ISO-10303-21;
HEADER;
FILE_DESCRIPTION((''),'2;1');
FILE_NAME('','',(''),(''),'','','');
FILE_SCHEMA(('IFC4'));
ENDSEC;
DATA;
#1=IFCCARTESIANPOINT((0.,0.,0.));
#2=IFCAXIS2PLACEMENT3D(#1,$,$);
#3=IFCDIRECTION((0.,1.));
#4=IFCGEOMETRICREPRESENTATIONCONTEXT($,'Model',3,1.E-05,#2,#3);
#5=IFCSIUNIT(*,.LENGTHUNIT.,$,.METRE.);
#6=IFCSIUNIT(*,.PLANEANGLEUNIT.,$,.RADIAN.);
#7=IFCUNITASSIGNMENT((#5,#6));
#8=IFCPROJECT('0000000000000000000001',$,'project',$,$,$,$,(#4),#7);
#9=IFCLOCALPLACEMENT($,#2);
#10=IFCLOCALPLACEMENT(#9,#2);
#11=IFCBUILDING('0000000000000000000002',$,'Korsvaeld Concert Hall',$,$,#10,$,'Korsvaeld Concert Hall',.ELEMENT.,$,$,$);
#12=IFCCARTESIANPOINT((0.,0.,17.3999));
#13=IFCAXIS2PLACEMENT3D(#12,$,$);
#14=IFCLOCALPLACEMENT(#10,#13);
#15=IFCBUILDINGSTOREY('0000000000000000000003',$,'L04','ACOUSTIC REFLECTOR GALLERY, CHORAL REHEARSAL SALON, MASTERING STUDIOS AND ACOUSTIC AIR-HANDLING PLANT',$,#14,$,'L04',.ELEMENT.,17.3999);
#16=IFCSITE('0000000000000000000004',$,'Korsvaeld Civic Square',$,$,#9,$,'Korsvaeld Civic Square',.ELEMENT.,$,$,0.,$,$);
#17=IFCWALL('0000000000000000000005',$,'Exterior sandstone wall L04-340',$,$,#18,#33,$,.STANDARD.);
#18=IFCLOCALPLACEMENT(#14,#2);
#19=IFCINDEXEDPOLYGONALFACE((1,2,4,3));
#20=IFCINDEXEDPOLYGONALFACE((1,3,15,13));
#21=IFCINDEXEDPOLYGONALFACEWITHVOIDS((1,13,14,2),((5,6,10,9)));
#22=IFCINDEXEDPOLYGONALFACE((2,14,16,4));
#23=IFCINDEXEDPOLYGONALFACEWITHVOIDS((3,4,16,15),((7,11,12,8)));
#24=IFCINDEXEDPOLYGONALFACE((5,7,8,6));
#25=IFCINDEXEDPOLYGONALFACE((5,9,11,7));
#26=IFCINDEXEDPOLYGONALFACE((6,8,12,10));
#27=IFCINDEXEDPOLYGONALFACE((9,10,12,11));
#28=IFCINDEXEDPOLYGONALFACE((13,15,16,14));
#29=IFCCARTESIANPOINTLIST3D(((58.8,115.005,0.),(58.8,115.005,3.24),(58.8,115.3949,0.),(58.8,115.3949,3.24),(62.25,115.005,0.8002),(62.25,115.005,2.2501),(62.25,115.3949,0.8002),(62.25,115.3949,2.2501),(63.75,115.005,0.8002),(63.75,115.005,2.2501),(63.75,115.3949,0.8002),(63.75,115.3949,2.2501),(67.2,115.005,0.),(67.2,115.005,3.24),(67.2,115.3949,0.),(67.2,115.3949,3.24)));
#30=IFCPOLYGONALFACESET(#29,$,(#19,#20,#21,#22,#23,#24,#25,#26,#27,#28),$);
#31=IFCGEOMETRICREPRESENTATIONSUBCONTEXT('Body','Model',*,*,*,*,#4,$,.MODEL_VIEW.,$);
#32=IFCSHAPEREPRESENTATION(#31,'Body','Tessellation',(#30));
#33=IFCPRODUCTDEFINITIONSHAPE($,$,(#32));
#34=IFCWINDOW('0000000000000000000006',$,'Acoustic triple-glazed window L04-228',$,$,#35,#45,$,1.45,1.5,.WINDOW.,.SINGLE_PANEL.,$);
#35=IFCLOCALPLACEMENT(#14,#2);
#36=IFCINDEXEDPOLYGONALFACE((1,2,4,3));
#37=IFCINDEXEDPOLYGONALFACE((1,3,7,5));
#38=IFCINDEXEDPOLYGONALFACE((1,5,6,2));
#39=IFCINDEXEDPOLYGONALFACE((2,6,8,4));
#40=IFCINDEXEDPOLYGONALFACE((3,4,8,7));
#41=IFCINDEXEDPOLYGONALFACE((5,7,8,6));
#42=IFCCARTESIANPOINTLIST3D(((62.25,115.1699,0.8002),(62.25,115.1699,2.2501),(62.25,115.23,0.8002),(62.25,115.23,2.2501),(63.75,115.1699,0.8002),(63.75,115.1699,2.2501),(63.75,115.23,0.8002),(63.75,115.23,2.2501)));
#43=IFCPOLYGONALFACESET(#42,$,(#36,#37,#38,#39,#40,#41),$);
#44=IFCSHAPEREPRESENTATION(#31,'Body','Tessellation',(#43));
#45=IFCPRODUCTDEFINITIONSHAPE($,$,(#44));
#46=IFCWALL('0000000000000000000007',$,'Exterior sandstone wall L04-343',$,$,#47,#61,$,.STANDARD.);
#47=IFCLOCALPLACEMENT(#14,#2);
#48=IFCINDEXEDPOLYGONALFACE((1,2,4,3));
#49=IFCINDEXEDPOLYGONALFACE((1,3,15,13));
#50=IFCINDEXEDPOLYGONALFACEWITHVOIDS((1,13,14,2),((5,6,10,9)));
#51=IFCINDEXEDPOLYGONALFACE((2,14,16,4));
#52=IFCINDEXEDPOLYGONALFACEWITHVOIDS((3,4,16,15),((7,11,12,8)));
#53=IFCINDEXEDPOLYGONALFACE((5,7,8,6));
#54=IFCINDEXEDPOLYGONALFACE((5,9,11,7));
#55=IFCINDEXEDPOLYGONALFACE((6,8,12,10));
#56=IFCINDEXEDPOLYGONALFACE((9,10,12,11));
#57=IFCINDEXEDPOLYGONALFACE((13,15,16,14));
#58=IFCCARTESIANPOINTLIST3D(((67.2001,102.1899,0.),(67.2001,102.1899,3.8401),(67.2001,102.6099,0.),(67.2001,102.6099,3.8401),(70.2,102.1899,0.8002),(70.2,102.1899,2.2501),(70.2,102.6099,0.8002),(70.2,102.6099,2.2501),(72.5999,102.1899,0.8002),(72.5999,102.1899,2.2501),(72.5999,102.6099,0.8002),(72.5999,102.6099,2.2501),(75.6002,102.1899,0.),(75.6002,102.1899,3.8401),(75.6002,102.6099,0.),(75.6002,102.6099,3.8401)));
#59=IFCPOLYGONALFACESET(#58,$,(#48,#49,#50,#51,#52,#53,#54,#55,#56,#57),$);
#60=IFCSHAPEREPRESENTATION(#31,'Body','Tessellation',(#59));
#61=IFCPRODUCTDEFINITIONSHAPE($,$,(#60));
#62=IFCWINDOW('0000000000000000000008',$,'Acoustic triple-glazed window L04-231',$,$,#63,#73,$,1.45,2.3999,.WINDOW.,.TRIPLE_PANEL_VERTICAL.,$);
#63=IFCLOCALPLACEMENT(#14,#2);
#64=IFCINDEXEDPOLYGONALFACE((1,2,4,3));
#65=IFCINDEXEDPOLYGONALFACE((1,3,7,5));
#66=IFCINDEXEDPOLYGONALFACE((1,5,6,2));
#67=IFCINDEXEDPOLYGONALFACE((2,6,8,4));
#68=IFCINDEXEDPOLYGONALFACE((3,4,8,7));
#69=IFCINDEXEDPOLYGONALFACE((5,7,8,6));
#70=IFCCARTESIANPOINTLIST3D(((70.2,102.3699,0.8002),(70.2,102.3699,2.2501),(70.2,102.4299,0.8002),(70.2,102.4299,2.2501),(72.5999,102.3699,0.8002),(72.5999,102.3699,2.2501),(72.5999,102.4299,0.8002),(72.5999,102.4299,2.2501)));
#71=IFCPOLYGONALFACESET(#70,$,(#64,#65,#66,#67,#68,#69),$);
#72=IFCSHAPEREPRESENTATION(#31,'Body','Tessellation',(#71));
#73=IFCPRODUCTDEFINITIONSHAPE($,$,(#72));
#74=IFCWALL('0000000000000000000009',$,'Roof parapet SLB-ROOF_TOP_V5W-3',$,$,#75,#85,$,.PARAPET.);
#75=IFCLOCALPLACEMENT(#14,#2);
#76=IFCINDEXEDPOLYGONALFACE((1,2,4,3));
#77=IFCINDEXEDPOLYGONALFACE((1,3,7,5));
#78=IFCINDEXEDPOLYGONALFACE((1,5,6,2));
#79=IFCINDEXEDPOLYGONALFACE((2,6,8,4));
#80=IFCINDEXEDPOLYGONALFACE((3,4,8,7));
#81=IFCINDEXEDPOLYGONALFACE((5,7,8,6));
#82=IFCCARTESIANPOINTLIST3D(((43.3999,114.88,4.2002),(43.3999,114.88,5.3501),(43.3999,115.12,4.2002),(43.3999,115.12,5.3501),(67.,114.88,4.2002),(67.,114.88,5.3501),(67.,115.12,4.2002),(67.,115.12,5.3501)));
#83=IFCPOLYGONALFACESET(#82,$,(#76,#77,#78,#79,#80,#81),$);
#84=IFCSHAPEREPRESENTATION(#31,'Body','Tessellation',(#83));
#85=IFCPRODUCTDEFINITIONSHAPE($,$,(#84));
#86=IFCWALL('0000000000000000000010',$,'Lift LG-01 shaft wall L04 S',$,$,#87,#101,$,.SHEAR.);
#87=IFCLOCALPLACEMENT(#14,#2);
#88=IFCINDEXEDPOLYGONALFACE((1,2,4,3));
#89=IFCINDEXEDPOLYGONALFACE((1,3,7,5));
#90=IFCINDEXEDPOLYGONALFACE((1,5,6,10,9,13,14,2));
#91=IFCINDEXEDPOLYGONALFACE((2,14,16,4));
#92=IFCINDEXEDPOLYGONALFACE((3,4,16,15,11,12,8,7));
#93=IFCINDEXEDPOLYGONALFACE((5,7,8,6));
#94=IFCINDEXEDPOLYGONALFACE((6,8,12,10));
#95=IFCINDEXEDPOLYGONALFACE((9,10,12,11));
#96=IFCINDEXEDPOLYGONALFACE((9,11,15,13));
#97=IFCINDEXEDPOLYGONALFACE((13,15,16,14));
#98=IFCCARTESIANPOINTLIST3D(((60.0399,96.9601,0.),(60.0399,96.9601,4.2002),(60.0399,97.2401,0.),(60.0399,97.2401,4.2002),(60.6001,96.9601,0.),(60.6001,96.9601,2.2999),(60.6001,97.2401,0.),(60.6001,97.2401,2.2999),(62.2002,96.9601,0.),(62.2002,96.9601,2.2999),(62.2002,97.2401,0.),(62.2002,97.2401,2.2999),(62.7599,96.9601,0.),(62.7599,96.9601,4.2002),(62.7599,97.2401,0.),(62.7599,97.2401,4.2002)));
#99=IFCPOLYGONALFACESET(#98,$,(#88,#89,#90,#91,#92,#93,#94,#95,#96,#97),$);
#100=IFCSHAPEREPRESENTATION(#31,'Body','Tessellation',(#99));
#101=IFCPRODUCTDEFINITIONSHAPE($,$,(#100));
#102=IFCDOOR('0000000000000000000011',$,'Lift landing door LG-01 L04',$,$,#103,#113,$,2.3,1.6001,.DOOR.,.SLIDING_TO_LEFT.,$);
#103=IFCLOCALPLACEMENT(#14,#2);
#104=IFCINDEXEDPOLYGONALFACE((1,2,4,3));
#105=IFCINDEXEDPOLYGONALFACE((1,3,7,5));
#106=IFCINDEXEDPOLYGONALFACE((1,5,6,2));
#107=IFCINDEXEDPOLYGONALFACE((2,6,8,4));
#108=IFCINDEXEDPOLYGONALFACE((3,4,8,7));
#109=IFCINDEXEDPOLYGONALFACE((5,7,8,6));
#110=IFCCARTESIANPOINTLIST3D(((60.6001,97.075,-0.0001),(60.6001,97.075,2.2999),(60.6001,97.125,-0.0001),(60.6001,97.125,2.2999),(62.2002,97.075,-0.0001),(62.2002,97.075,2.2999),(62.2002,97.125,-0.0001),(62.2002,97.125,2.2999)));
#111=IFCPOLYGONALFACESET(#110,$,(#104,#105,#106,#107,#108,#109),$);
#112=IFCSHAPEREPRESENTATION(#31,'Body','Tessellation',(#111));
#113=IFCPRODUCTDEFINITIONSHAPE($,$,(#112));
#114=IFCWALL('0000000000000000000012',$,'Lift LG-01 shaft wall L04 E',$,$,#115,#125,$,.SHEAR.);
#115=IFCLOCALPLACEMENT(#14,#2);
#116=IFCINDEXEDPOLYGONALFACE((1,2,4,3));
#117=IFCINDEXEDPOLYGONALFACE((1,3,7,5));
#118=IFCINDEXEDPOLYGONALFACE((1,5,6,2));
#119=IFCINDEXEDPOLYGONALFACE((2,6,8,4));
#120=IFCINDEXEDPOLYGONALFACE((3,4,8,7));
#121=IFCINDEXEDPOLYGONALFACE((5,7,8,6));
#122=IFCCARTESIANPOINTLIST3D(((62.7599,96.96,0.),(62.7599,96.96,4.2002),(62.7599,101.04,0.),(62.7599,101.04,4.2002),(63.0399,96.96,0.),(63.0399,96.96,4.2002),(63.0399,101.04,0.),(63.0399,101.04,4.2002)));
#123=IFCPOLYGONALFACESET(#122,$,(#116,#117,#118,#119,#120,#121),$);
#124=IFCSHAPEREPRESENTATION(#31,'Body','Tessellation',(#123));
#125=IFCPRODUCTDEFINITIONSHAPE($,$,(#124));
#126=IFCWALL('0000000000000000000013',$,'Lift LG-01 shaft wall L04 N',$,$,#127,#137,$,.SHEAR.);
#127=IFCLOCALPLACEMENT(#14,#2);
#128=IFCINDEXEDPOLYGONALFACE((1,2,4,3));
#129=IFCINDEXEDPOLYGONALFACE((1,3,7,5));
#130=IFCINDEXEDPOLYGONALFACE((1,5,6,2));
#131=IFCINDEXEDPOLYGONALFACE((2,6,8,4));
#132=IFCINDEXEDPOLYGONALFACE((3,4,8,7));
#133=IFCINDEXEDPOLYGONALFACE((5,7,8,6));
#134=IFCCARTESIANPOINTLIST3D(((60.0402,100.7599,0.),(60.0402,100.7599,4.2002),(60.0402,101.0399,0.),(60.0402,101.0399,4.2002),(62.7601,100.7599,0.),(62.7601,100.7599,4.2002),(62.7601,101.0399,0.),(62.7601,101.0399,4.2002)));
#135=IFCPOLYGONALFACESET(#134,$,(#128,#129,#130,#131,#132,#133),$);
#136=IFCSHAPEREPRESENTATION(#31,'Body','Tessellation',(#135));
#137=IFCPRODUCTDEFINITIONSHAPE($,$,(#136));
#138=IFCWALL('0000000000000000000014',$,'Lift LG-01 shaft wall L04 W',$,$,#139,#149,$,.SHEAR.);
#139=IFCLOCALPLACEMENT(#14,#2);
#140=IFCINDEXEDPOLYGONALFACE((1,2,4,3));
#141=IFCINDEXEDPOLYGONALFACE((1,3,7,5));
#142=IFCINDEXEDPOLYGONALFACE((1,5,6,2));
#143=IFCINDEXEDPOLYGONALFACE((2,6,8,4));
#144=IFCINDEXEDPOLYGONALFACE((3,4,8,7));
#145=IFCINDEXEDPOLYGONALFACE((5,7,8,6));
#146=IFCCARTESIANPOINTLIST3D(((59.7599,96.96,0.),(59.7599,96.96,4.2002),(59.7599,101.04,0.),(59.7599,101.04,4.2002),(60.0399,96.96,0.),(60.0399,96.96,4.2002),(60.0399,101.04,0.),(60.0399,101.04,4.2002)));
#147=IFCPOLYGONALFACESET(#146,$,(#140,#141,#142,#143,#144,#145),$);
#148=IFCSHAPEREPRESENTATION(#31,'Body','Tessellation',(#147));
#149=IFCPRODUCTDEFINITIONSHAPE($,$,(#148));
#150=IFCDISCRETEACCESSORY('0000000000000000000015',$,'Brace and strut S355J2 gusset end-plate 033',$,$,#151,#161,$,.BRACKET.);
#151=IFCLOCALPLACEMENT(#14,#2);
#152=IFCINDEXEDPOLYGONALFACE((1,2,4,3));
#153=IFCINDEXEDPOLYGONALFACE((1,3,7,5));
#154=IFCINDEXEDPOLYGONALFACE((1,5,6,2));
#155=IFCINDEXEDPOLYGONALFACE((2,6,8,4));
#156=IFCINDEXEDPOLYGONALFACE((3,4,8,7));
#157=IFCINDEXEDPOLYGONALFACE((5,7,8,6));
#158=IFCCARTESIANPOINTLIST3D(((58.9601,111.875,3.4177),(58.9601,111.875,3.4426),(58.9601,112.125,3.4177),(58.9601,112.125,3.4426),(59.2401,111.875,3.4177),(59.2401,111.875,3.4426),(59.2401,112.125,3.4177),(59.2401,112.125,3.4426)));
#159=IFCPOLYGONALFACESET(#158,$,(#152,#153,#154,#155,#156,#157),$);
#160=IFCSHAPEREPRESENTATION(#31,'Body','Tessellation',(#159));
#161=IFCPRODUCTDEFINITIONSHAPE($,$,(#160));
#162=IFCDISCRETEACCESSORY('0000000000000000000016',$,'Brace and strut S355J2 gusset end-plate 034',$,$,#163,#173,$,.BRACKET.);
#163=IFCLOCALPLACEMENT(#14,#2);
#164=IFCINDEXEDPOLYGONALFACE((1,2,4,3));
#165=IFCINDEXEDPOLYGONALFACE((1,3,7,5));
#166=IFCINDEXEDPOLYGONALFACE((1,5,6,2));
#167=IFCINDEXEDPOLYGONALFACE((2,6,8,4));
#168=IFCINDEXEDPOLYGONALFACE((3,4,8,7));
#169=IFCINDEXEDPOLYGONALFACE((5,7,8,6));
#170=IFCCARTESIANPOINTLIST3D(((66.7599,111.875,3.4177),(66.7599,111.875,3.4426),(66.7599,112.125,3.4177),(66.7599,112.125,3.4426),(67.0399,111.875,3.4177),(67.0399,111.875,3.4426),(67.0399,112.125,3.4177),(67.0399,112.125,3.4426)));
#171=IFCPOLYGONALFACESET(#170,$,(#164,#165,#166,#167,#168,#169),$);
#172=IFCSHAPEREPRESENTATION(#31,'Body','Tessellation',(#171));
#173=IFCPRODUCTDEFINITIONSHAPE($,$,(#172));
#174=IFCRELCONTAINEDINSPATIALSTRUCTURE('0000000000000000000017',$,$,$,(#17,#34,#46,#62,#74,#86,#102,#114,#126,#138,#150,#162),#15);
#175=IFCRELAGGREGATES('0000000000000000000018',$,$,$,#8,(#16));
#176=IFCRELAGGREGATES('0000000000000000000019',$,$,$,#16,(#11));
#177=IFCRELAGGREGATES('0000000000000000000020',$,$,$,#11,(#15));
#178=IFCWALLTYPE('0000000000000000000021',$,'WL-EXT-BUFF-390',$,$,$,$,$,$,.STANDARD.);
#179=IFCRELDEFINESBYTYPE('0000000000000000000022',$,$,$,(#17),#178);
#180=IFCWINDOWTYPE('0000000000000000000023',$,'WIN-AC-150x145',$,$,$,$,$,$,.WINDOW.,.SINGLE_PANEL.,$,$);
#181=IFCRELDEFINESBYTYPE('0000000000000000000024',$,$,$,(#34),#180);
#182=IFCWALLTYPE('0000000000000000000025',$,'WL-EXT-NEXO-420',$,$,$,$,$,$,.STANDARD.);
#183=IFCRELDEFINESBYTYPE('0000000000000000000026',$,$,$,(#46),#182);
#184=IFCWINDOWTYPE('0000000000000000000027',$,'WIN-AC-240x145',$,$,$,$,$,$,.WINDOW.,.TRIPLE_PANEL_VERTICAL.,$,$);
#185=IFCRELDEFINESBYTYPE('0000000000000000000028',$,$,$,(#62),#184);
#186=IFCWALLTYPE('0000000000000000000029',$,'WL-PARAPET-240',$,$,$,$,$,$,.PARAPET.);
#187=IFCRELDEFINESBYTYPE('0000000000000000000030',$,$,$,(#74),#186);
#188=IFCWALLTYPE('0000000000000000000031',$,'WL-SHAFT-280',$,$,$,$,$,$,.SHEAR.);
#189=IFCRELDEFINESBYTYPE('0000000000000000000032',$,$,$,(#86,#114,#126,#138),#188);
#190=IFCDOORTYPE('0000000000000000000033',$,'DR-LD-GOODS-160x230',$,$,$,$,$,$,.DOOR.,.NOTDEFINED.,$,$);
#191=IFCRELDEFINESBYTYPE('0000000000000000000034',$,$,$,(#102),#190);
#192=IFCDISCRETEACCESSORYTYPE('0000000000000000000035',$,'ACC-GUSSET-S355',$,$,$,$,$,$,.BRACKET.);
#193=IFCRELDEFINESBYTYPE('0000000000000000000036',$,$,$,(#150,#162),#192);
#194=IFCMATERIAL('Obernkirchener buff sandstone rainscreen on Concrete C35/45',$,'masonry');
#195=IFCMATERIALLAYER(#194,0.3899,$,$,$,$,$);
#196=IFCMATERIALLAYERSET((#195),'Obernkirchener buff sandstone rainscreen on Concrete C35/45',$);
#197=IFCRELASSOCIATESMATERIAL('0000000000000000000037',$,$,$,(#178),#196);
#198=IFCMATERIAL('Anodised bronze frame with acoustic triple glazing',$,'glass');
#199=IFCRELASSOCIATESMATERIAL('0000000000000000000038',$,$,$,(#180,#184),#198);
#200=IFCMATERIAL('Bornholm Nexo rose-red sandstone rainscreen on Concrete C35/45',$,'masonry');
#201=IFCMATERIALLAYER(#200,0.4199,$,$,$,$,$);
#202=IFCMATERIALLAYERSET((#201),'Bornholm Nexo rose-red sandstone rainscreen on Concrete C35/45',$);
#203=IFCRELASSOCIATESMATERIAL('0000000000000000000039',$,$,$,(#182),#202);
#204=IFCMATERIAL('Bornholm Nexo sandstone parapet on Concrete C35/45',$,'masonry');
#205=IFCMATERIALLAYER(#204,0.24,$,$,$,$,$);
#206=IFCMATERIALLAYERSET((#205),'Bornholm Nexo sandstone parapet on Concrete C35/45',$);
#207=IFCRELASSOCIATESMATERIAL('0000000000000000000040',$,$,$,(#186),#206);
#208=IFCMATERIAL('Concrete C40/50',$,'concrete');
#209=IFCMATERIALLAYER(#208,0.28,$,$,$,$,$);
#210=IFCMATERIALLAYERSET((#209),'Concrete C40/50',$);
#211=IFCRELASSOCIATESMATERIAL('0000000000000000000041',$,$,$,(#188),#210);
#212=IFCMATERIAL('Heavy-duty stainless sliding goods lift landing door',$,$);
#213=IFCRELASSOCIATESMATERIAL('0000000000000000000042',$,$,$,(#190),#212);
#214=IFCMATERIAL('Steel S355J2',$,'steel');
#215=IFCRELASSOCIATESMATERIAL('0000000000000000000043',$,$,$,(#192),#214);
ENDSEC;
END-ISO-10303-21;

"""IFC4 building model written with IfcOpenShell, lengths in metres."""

from ifc_helpers import new_model, si_unit, direction, frame, frame_2d, origin, origin_2d, place, context, subcontext, project, spatial, rectangle, extrude, material, layer, layer_set, type_object, element, fill, save


model = new_model("IFC4")

# Units and contexts
model_context = context("Model", 3, precision=1e-05, world=origin(), true_north=direction((0.0, 1.0)))
body_context = subcontext(model_context, "Body", "Model", "MODEL_VIEW")
ifc_project = project(units=[si_unit("LENGTHUNIT", "METRE"), si_unit("PLANEANGLEUNIT", "RADIAN")], contexts=[model_context])

# Site, building, storey
site_placement = place(None, origin())
site = spatial("IfcSite", under=ifc_project, at=site_placement, Name="Korsvaeld Civic Square", LongName="Korsvaeld Civic Square", CompositionType="ELEMENT", RefElevation=0.0)
building_placement = place(site_placement, origin())
building = spatial("IfcBuilding", under=site, at=building_placement, Name="Korsvaeld Concert Hall", LongName="Korsvaeld Concert Hall", CompositionType="ELEMENT")
storey_placement = place(building_placement, frame((0.0, 0.0, 17.3999)))
storey = spatial("IfcBuildingStorey", under=building, at=storey_placement, Name="L04", Description="ACOUSTIC REFLECTOR GALLERY, CHORAL REHEARSAL SALON, MASTERING STUDIOS AND ACOUSTIC AIR-HANDLING PLANT", LongName="L04", CompositionType="ELEMENT", Elevation=17.3999)

# Shared definitions
ifc_material_1 = material(Name="Concrete C40/50", Category="concrete")

# Shared definitions
ifc_material_2 = material(Name="Steel S355J2", Category="steel")

# Walls, openings, windows
ifc_material_3 = material(Name="Obernkirchener buff sandstone rainscreen on Concrete C35/45", Category="masonry")
ifc_layer_1 = layer(ifc_material_3, 0.3899)
ifc_layer_set_1 = layer_set([ifc_layer_1], Name="Obernkirchener buff sandstone rainscreen on Concrete C35/45")
wall_type_1 = type_object("IfcWallType", Name="WL-EXT-BUFF-390", PredefinedType="STANDARD", material=ifc_layer_set_1)
wall_1_placement = place(storey_placement, frame((58.8, 115.2, 0.0), z_axis=(0.0, 0.0, 1.0), x_axis=(1.0, 0.0, 0.0)))
wall_1 = element("IfcWall", 1, at=wall_1_placement, inside=storey, type_object=wall_type_1, Name="Exterior sandstone wall L04-340", PredefinedType="STANDARD", context=body_context, shape_type="SweptSolid", body=[
    extrude(rectangle(XDim=8.3999, YDim=0.3899, at=frame_2d((4.2, 0.0))), origin(), (0.0, 0.0, 1.0), 3.24),
])
opening_1_placement = place(wall_1_placement, frame((3.45, 0.0, 0.8)))
opening_1 = element("IfcOpeningElement", 2, at=opening_1_placement, cuts=wall_1, PredefinedType="OPENING", context=body_context, shape_type="SweptSolid", body=[
    extrude(rectangle(XDim=1.5, YDim=1.45, at=frame_2d((0.75, 0.7251))), frame((0.0, 0.2051, 0.0), z_axis=(0.0, -1.0, 0.0), x_axis=(1.0, 0.0, 0.0)), (0.0, 0.0, 1.0), 0.4099),
])
ifc_material_4 = material(Name="Anodised bronze frame with acoustic triple glazing", Category="glass")
window_type_1 = type_object("IfcWindowType", Name="WIN-AC-150x145", PartitioningType="SINGLE_PANEL", PredefinedType="WINDOW", material=ifc_material_4)
window_1_placement = place(opening_1_placement, origin())
window_1 = element("IfcWindow", 3, at=window_1_placement, inside=storey, type_object=window_type_1, Name="Acoustic triple-glazed window L04-228", OverallHeight=1.45, OverallWidth=1.5, PartitioningType="SINGLE_PANEL", PredefinedType="WINDOW", context=body_context, shape_type="SweptSolid", body=[
    extrude(rectangle(XDim=1.5, YDim=1.45, at=frame_2d((0.75, 0.7251))), frame((0.0, 0.03, 0.0), z_axis=(0.0, -1.0, 0.0), x_axis=(1.0, 0.0, 0.0)), (0.0, 0.0, 1.0), 0.0601),
])
fill(opening_1, window_1)
ifc_material_5 = material(Name="Bornholm Nexo rose-red sandstone rainscreen on Concrete C35/45", Category="masonry")
ifc_layer_2 = layer(ifc_material_5, 0.4199)
ifc_layer_set_2 = layer_set([ifc_layer_2], Name="Bornholm Nexo rose-red sandstone rainscreen on Concrete C35/45")
wall_type_2 = type_object("IfcWallType", Name="WL-EXT-NEXO-420", PredefinedType="STANDARD", material=ifc_layer_set_2)
wall_2_placement = place(storey_placement, frame((67.2, 102.3999, 0.0), z_axis=(0.0, 0.0, 1.0), x_axis=(1.0, 0.0, 0.0)))
wall_2 = element("IfcWall", 4, at=wall_2_placement, inside=storey, type_object=wall_type_2, Name="Exterior sandstone wall L04-343", PredefinedType="STANDARD", context=body_context, shape_type="SweptSolid", body=[
    extrude(rectangle(XDim=8.4001, YDim=0.4199, at=frame_2d((4.2002, 0.0))), origin(), (0.0, 0.0, 1.0), 3.8401),
])
opening_2_placement = place(wall_2_placement, frame((3.0, 0.0, 0.8)))
opening_2 = element("IfcOpeningElement", 5, at=opening_2_placement, cuts=wall_2, PredefinedType="OPENING", context=body_context, shape_type="SweptSolid", body=[
    extrude(rectangle(XDim=2.3999, YDim=1.45, at=frame_2d((1.2, 0.7251))), frame((0.0, 0.22, 0.0), z_axis=(0.0, -1.0, 0.0), x_axis=(1.0, 0.0, 0.0)), (0.0, 0.0, 1.0), 0.4399),
])
window_type_2 = type_object("IfcWindowType", Name="WIN-AC-240x145", PartitioningType="TRIPLE_PANEL_VERTICAL", PredefinedType="WINDOW", material=ifc_material_4)
window_2_placement = place(opening_2_placement, origin())
window_2 = element("IfcWindow", 6, at=window_2_placement, inside=storey, type_object=window_type_2, Name="Acoustic triple-glazed window L04-231", OverallHeight=1.45, OverallWidth=2.3999, PartitioningType="TRIPLE_PANEL_VERTICAL", PredefinedType="WINDOW", context=body_context, shape_type="SweptSolid", body=[
    extrude(rectangle(XDim=2.3999, YDim=1.45, at=frame_2d((1.2, 0.7251))), frame((0.0, 0.03, 0.0), z_axis=(0.0, -1.0, 0.0), x_axis=(1.0, 0.0, 0.0)), (0.0, 0.0, 1.0), 0.0601),
])
fill(opening_2, window_2)

# Wall
ifc_material_6 = material(Name="Bornholm Nexo sandstone parapet on Concrete C35/45", Category="masonry")
ifc_layer_3 = layer(ifc_material_6, 0.24)
ifc_layer_set_3 = layer_set([ifc_layer_3], Name="Bornholm Nexo sandstone parapet on Concrete C35/45")
wall_type_3 = type_object("IfcWallType", Name="WL-PARAPET-240", PredefinedType="PARAPET", material=ifc_layer_set_3)
wall_3_placement = place(storey_placement, frame((67.0, 115.0, 4.2002), z_axis=(0.0, 0.0, 1.0), x_axis=(-1.0, 0.0, 0.0)))
element("IfcWall", 7, at=wall_3_placement, inside=storey, type_object=wall_type_3, Name="Roof parapet SLB-ROOF_TOP_V5W-3", PredefinedType="PARAPET", context=body_context, shape_type="SweptSolid", body=[
    extrude(rectangle(XDim=23.6001, YDim=0.24, at=frame_2d((11.8, 0.0))), origin(), (0.0, 0.0, 1.0), 1.1499),
])

# Wall, opening, door
ifc_layer_4 = layer(ifc_material_1, 0.28)
ifc_layer_set_4 = layer_set([ifc_layer_4], Name="Concrete C40/50")
wall_type_4 = type_object("IfcWallType", Name="WL-SHAFT-280", PredefinedType="SHEAR", material=ifc_layer_set_4)
wall_4_placement = place(storey_placement, frame((60.04, 97.1001, 0.0), z_axis=(0.0, 0.0, 1.0), x_axis=(1.0, 0.0, 0.0)))
wall_4 = element("IfcWall", 8, at=wall_4_placement, inside=storey, type_object=wall_type_4, Name="Lift LG-01 shaft wall L04 S", PredefinedType="SHEAR", context=body_context, shape_type="SweptSolid", body=[
    extrude(rectangle(XDim=2.72, YDim=0.28, at=frame_2d((1.3599, 0.0))), origin(), (0.0, 0.0, 1.0), 4.2002),
])
opening_3_placement = place(wall_4_placement, frame((0.5601, 0.0, 0.0)))
opening_3 = element("IfcOpeningElement", 9, at=opening_3_placement, cuts=wall_4, PredefinedType="OPENING", context=body_context, shape_type="SweptSolid", body=[
    extrude(rectangle(XDim=1.6001, YDim=2.3, at=frame_2d((0.8, 1.1499))), frame((0.0, 0.1499, 0.0), z_axis=(0.0, -1.0, 0.0), x_axis=(1.0, 0.0, 0.0)), (0.0, 0.0, 1.0), 0.3),
])
ifc_material_7 = material(Name="Heavy-duty stainless sliding goods lift landing door")
door_type_1 = type_object("IfcDoorType", Name="DR-LD-GOODS-160x230", OperationType="NOTDEFINED", PredefinedType="DOOR", material=ifc_material_7)
door_1_placement = place(opening_3_placement, origin())
door_1 = element("IfcDoor", 10, at=door_1_placement, inside=storey, type_object=door_type_1, Name="Lift landing door LG-01 L04", OperationType="SLIDING_TO_LEFT", OverallHeight=2.3, OverallWidth=1.6001, PredefinedType="DOOR", context=body_context, shape_type="SweptSolid", body=[
    extrude(rectangle(XDim=1.6001, YDim=2.3, at=frame_2d((0.8, 1.1499))), frame((0.0, 0.0249, 0.0), z_axis=(0.0, -1.0, 0.0), x_axis=(1.0, 0.0, 0.0)), (0.0, 0.0, 1.0), 0.05),
])
fill(opening_3, door_1)

# Walls
wall_5_placement = place(storey_placement, frame((62.8999, 96.96, 0.0), z_axis=(0.0, 0.0, 1.0), x_axis=(0.0, 1.0, 0.0)))
element("IfcWall", 11, at=wall_5_placement, inside=storey, type_object=wall_type_4, Name="Lift LG-01 shaft wall L04 E", PredefinedType="SHEAR", context=body_context, shape_type="SweptSolid", body=[
    extrude(rectangle(XDim=4.0801, YDim=0.28, at=frame_2d((2.04, 0.0))), origin(), (0.0, 0.0, 1.0), 4.2002),
])
wall_6_placement = place(storey_placement, frame((62.76, 100.8999, 0.0), z_axis=(0.0, 0.0, 1.0), x_axis=(-1.0, 0.0, 0.0)))
element("IfcWall", 12, at=wall_6_placement, inside=storey, type_object=wall_type_4, Name="Lift LG-01 shaft wall L04 N", PredefinedType="SHEAR", context=body_context, shape_type="SweptSolid", body=[
    extrude(rectangle(XDim=2.72, YDim=0.28, at=frame_2d((1.3599, 0.0))), origin(), (0.0, 0.0, 1.0), 4.2002),
])
wall_7_placement = place(storey_placement, frame((59.8999, 101.04, 0.0), z_axis=(0.0, 0.0, 1.0), x_axis=(0.0, -1.0, 0.0)))
element("IfcWall", 13, at=wall_7_placement, inside=storey, type_object=wall_type_4, Name="Lift LG-01 shaft wall L04 W", PredefinedType="SHEAR", context=body_context, shape_type="SweptSolid", body=[
    extrude(rectangle(XDim=4.0801, YDim=0.28, at=frame_2d((2.04, 0.0))), origin(), (0.0, 0.0, 1.0), 4.2002),
])

# Discrete accessories
discrete_accessory_type = type_object("IfcDiscreteAccessoryType", Name="ACC-GUSSET-S355", PredefinedType="BRACKET", material=ifc_material_2)
for number, where, z_axis, x_axis, name in (
    (14, (59.1001, 112.0, 3.4177), (0.0, 0.0, 1.0), (1.0, 0.0, 0.0), "Brace and strut S355J2 gusset end-plate 033"),
    (15, (66.8999, 112.0, 3.4177), (0.0, 0.0, 1.0), (1.0, 0.0, 0.0), "Brace and strut S355J2 gusset end-plate 034"),
):
    element("IfcDiscreteAccessory", number, at=place(storey_placement, frame(where, z_axis=z_axis, x_axis=x_axis)), inside=storey, type_object=discrete_accessory_type, Name=name, PredefinedType="BRACKET", context=body_context, shape_type="SweptSolid", body=[
        extrude(rectangle(XDim=0.28, YDim=0.25, at=origin_2d()), origin(), (0.0, 0.0, 1.0), 0.0249),
    ])

save(model, "model.ifc")
